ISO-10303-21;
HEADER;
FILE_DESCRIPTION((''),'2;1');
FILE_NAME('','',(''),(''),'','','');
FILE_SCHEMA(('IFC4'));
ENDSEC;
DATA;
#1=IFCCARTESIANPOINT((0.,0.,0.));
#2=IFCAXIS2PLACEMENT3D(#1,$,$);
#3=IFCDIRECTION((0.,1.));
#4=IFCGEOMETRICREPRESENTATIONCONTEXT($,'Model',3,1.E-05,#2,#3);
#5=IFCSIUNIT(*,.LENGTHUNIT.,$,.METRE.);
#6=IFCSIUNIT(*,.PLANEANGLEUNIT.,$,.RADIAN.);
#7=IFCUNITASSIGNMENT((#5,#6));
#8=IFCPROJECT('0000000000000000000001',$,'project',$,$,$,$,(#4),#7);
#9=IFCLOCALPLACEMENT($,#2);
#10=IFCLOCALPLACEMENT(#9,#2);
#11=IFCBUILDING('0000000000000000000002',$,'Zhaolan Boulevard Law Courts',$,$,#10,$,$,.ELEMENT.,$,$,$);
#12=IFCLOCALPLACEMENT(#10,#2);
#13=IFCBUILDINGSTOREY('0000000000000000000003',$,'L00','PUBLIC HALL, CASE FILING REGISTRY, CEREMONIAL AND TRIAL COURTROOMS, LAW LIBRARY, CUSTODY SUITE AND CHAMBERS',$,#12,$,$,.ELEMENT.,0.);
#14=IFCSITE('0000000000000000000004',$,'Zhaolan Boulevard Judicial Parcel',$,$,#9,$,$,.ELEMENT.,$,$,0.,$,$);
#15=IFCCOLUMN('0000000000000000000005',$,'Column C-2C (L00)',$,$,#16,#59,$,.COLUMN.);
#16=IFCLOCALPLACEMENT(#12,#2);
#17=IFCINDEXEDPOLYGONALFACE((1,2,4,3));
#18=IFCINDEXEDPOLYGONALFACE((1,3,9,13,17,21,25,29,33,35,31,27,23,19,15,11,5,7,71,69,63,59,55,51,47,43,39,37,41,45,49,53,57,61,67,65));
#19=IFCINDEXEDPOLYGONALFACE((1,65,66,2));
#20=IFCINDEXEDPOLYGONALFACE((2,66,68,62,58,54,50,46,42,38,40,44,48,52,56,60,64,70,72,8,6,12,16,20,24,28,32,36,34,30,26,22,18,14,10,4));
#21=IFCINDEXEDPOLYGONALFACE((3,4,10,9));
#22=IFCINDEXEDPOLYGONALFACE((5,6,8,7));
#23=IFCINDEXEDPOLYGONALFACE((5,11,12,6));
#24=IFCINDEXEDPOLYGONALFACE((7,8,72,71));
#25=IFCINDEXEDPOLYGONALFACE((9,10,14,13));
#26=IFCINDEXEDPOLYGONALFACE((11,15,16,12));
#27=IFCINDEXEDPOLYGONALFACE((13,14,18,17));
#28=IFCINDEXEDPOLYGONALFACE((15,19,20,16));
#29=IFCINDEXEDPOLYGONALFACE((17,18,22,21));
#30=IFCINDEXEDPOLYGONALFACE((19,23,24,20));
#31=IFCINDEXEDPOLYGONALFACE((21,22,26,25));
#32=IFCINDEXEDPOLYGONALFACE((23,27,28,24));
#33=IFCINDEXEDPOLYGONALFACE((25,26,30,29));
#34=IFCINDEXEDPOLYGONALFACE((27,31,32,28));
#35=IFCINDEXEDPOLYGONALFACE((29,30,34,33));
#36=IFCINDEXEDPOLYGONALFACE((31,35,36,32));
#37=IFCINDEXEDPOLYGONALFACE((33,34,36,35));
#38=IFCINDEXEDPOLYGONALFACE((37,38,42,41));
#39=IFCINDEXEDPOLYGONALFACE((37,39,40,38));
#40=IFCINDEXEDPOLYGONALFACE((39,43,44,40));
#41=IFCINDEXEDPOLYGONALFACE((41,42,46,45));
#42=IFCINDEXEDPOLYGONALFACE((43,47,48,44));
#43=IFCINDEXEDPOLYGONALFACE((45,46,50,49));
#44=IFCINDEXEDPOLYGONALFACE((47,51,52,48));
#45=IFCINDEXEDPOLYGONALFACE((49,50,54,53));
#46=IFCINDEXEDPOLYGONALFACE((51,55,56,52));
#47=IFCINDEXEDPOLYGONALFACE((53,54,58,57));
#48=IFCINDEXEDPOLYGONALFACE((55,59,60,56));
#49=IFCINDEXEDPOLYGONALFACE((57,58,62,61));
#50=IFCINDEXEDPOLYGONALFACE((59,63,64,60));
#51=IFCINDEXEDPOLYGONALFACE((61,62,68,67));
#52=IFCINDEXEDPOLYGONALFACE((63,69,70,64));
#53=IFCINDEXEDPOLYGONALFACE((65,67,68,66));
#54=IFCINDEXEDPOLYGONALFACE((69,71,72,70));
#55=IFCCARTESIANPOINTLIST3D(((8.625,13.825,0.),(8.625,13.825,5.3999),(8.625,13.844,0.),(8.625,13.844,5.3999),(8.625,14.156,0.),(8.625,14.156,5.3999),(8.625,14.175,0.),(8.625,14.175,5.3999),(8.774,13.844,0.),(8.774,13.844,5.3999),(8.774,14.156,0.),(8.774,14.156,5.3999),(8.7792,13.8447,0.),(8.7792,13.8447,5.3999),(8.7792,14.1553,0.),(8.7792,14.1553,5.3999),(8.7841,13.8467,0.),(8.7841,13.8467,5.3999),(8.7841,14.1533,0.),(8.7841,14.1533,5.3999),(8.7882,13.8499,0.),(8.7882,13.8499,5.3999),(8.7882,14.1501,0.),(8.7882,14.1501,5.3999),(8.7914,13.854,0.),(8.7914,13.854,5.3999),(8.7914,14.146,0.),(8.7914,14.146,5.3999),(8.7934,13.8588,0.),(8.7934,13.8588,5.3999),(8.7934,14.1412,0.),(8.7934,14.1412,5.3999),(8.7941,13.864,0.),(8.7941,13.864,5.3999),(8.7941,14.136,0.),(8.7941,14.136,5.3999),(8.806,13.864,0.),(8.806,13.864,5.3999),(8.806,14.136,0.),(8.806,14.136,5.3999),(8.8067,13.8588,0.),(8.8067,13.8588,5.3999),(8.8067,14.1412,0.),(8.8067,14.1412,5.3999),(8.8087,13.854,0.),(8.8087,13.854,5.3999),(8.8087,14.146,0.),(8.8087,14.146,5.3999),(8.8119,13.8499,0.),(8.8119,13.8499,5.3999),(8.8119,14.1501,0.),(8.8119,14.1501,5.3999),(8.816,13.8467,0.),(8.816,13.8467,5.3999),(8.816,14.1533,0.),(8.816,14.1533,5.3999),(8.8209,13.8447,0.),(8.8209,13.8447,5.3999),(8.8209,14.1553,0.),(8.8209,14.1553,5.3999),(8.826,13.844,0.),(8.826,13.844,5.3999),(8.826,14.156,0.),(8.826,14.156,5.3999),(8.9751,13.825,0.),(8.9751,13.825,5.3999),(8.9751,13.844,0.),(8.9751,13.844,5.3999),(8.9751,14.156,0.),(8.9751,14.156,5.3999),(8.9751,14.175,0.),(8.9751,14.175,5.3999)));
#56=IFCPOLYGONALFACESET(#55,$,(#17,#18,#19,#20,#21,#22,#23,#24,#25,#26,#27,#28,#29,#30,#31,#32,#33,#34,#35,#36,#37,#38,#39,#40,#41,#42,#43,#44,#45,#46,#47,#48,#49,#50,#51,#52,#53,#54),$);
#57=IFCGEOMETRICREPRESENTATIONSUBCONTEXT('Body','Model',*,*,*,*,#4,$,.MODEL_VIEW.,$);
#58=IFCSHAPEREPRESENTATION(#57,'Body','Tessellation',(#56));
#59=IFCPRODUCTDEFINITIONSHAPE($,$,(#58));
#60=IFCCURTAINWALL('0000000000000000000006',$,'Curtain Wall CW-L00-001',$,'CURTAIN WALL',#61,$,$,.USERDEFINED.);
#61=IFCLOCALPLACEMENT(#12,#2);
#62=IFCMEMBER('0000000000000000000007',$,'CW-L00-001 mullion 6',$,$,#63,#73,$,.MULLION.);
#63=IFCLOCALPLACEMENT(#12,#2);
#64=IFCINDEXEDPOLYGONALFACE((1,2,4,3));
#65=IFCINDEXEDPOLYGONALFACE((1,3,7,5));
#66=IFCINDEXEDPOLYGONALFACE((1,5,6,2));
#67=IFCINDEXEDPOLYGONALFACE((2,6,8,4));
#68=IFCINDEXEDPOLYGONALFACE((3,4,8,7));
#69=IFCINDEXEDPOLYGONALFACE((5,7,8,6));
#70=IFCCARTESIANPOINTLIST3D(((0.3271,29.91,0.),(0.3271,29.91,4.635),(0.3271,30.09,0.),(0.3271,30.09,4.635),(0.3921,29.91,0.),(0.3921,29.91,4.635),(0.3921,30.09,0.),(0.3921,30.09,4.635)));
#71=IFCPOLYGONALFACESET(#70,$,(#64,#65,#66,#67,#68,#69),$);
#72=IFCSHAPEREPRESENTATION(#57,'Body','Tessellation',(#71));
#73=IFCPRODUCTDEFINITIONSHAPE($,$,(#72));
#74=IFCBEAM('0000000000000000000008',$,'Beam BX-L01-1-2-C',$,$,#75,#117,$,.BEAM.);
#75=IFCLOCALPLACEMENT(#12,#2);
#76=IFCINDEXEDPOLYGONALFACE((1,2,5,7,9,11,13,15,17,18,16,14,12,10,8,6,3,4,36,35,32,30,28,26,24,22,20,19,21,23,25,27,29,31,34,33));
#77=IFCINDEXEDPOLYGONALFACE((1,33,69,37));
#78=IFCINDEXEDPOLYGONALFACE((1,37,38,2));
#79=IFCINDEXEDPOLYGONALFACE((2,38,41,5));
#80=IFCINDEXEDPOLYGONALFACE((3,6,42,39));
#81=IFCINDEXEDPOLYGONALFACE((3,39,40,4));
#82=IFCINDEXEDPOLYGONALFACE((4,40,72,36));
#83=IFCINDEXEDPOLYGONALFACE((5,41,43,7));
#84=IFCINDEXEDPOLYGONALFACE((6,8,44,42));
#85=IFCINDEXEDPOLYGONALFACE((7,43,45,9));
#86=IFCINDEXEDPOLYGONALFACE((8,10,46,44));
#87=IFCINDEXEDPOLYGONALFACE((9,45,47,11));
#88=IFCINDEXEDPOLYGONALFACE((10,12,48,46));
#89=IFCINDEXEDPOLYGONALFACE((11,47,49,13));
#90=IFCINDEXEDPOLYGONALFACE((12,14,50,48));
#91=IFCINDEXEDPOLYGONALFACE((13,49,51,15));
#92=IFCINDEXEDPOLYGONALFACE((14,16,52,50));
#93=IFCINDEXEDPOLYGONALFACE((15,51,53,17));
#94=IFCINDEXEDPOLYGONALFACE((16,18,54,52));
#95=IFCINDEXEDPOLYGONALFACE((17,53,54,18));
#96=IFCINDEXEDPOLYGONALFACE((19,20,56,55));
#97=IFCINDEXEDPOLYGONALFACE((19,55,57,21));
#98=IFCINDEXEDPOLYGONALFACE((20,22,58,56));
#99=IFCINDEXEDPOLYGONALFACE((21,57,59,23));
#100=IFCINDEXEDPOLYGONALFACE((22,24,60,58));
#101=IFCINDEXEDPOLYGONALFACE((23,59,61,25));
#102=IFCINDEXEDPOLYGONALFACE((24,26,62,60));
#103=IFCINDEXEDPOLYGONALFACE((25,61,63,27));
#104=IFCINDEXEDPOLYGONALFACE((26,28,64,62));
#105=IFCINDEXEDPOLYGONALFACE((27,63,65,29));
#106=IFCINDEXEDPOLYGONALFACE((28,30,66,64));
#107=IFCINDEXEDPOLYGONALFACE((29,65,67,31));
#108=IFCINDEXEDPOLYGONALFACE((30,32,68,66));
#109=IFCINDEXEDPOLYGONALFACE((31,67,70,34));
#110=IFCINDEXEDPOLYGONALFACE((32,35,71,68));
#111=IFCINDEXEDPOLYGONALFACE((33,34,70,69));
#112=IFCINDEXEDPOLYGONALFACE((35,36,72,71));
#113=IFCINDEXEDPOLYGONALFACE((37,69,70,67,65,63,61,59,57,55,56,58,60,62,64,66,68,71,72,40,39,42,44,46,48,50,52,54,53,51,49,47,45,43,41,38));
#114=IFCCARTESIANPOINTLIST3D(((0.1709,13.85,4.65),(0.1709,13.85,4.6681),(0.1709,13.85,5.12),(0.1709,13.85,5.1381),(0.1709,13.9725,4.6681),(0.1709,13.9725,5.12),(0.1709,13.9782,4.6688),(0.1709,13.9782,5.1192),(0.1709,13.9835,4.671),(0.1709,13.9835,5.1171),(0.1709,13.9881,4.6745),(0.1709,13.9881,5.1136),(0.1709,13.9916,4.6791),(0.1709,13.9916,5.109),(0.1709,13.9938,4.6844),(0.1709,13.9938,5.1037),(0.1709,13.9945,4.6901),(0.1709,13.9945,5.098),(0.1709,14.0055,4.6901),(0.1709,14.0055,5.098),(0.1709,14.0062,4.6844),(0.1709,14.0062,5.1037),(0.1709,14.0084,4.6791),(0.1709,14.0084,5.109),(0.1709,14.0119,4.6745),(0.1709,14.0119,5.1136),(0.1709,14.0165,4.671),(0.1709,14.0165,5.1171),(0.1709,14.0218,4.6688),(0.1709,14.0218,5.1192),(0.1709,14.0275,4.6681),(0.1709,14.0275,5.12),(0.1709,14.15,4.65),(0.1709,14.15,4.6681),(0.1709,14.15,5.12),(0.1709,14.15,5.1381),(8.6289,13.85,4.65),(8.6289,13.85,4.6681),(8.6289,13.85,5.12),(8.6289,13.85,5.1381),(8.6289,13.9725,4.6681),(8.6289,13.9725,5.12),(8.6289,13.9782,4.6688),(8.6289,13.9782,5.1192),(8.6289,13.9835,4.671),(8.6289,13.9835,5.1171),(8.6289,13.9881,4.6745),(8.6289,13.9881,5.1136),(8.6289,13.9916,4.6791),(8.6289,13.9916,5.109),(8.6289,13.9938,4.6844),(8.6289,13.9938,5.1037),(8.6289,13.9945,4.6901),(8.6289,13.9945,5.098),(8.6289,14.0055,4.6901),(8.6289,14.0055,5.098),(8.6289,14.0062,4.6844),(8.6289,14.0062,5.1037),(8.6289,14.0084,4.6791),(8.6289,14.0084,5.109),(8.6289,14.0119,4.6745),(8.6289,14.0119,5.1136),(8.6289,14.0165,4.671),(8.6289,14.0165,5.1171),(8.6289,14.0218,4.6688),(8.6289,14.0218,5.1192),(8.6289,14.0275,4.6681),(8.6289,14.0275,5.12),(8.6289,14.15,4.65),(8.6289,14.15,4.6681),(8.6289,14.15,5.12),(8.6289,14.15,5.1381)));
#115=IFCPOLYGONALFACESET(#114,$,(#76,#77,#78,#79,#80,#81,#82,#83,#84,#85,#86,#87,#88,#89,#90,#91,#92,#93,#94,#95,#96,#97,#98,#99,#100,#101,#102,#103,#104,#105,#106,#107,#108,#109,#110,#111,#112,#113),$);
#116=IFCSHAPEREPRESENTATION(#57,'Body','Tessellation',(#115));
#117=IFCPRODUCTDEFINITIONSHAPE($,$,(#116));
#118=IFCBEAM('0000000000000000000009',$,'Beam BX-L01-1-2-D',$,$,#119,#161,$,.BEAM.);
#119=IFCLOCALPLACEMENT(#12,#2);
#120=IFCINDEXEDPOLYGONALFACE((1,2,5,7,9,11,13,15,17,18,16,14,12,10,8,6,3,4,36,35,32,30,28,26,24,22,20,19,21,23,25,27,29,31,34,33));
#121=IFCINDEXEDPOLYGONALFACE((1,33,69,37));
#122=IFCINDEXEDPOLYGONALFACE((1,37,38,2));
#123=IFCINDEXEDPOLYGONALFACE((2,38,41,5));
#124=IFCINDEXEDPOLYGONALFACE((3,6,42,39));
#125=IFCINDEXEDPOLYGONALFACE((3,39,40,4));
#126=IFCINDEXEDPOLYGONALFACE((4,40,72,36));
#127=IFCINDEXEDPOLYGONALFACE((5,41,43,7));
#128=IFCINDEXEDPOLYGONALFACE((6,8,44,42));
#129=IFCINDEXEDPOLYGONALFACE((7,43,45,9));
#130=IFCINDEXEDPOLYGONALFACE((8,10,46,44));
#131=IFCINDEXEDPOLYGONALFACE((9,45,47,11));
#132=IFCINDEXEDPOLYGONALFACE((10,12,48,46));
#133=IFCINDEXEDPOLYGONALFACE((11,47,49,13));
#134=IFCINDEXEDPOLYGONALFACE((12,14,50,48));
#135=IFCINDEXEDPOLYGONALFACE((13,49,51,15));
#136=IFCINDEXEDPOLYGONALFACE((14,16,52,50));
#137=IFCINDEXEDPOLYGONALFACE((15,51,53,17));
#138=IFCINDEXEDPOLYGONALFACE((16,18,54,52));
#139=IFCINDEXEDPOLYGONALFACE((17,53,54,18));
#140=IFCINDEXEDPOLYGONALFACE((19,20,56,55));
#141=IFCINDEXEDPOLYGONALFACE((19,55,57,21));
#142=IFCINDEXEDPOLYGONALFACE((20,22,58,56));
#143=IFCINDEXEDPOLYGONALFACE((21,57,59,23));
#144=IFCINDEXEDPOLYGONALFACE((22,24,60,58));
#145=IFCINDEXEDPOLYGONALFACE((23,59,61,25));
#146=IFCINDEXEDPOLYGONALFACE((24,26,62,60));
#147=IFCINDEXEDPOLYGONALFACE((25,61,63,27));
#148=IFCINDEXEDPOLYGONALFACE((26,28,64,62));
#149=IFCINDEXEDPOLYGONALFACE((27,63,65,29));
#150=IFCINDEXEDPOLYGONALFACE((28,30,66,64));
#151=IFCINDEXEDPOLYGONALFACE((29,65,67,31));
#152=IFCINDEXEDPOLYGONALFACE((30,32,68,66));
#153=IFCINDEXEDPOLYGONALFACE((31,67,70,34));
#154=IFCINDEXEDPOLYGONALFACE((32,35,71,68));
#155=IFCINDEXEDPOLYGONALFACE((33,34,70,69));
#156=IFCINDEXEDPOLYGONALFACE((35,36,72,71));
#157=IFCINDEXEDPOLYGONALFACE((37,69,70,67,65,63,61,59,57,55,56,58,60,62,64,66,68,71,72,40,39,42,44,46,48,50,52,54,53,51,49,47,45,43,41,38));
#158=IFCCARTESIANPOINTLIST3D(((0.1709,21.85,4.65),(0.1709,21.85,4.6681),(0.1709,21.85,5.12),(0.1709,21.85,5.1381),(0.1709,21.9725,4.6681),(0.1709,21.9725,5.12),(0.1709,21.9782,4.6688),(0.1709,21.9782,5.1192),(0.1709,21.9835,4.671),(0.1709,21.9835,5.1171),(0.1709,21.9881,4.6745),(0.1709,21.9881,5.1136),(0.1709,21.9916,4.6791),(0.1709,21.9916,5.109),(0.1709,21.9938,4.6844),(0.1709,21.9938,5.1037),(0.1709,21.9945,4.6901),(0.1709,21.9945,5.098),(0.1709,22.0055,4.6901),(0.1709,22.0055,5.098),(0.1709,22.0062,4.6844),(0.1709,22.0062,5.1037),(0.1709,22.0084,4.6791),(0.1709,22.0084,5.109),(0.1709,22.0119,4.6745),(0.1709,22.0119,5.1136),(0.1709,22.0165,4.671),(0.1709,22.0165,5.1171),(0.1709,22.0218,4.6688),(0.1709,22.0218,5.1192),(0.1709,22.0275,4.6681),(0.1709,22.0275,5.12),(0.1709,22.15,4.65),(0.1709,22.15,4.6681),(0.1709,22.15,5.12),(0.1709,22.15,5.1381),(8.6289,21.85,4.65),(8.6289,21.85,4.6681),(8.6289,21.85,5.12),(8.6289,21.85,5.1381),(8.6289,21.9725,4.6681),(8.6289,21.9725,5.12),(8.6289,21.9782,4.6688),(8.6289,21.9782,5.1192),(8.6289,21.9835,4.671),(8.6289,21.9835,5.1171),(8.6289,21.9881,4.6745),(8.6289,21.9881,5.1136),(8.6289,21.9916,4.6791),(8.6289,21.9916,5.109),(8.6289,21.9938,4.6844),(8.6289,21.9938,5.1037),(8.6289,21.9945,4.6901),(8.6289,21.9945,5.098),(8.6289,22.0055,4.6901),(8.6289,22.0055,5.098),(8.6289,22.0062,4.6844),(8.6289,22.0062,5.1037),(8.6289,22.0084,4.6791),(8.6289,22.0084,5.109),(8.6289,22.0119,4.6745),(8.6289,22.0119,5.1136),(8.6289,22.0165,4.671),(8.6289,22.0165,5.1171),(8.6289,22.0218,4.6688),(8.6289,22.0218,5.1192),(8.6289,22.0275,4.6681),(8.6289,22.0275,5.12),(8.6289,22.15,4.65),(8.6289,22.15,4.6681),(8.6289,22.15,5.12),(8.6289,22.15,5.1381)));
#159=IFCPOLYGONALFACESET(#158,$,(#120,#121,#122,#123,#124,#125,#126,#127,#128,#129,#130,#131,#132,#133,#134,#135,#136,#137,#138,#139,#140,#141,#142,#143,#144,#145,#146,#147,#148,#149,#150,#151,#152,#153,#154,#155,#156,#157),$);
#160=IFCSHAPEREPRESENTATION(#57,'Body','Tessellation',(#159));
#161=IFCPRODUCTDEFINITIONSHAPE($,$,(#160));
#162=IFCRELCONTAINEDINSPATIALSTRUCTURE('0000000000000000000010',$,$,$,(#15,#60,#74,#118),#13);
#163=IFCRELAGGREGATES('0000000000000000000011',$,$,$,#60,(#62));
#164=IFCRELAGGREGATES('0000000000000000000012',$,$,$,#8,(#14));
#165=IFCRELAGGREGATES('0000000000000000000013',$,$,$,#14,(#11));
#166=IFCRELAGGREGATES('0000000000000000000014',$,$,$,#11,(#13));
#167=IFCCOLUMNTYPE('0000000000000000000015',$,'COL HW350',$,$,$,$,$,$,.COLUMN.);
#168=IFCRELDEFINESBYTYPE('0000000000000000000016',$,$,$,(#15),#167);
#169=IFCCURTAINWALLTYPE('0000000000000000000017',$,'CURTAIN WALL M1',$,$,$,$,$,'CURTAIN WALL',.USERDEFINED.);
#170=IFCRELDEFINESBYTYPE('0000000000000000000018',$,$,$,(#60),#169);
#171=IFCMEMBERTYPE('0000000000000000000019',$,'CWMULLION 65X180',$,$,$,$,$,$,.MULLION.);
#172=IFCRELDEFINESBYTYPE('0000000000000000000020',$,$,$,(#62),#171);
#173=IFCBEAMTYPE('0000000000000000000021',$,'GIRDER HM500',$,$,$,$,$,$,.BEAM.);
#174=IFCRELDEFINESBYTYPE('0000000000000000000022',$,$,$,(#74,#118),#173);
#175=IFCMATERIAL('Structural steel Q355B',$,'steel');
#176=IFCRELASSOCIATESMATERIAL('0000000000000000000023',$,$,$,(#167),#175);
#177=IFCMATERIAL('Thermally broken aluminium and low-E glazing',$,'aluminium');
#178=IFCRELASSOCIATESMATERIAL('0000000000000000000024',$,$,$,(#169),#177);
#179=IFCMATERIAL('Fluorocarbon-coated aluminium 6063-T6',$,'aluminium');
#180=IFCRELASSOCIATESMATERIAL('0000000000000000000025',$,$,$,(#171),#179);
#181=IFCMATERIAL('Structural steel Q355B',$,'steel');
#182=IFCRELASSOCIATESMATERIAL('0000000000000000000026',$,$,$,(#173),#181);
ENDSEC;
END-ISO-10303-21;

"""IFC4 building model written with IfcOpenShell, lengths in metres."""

from ifc_helpers import new_model, si_unit, direction, frame, origin, origin_2d, place, context, subcontext, project, spatial, rectangle, i_section, extrude, material, material_profile, profile_set, type_object, element, aggregate, save


model = new_model("IFC4")

# Units and contexts
model_context = context("Model", 3, precision=1e-05, world=origin(), true_north=direction((0.0, 1.0)))
body_context = subcontext(model_context, "Body", "Model", "MODEL_VIEW")
ifc_project = project(units=[si_unit("LENGTHUNIT", "METRE"), si_unit("PLANEANGLEUNIT", "RADIAN")], contexts=[model_context])

# Site, building, storey
site_placement = place(None, origin())
site = spatial("IfcSite", under=ifc_project, at=site_placement, Name="Zhaolan Boulevard Judicial Parcel", CompositionType="ELEMENT", RefElevation=0.0)
building_placement = place(site_placement, origin())
building = spatial("IfcBuilding", under=site, at=building_placement, Name="Zhaolan Boulevard Law Courts", CompositionType="ELEMENT")
storey_placement = place(building_placement, origin())
storey = spatial("IfcBuildingStorey", under=building, at=storey_placement, Name="L00", Description="PUBLIC HALL, CASE FILING REGISTRY, CEREMONIAL AND TRIAL COURTROOMS, LAW LIBRARY, CUSTODY SUITE AND CHAMBERS", CompositionType="ELEMENT", Elevation=0.0)

# Column
ifc_material_1 = material(Name="Structural steel Q355B", Category="steel")
ifc_material_profile_1 = material_profile(ifc_material_1, i_section(OverallWidth=0.3501, OverallDepth=0.3501, WebThickness=0.012, FlangeThickness=0.019, FilletRadius=0.02, at=origin_2d()), Name="HW350x350")
ifc_profile_set_1 = profile_set([ifc_material_profile_1], Name="Structural steel Q355B")
column_type_1 = type_object("IfcColumnType", Name="COL HW350", PredefinedType="COLUMN", material=ifc_profile_set_1)
for number, where, z_axis, x_axis, name in (
    (1, (8.8, 14.0, 0.0), (0.0, 0.0, 1.0), (1.0, 0.0, 0.0), "Column C-2C (L00)"),
):
    element("IfcColumn", number, at=place(storey_placement, frame(where, z_axis=z_axis, x_axis=x_axis)), inside=storey, type_object=column_type_1, Name=name, PredefinedType="COLUMN", context=body_context, shape_type="SweptSolid", body=[
        extrude(i_section(OverallWidth=0.3501, OverallDepth=0.3501, WebThickness=0.012, FlangeThickness=0.019, FilletRadius=0.02, at=origin_2d()), origin(), (0.0, 0.0, 1.0), 5.3999),
    ])

# Curtain wall, member
ifc_material_2 = material(Name="Thermally broken aluminium and low-E glazing", Category="aluminium")
curtain_wall_type = type_object("IfcCurtainWallType", Name="CURTAIN WALL M1", ElementType="CURTAIN WALL", PredefinedType="USERDEFINED", material=ifc_material_2)
curtain_wall_placement = place(storey_placement, origin())
curtain_wall = element("IfcCurtainWall", 2, at=curtain_wall_placement, inside=storey, type_object=curtain_wall_type, Name="Curtain Wall CW-L00-001", ObjectType="CURTAIN WALL", PredefinedType="USERDEFINED")
ifc_material_3 = material(Name="Fluorocarbon-coated aluminium 6063-T6", Category="aluminium")
ifc_material_profile_2 = material_profile(ifc_material_3, rectangle(XDim=0.1799, YDim=0.0649, at=origin_2d()), Name="AL65x180")
ifc_profile_set_2 = profile_set([ifc_material_profile_2], Name="Fluorocarbon-coated aluminium 6063-T6")
member_type = type_object("IfcMemberType", Name="CWMULLION 65X180", PredefinedType="MULLION", material=ifc_profile_set_2)
member_placement = place(storey_placement, frame((0.3596, 30.0, 0.0), z_axis=(0.0, 0.0, 1.0), x_axis=(0.0, -1.0, 0.0)))
member = element("IfcMember", 3, at=member_placement, type_object=member_type, Name="CW-L00-001 mullion 6", PredefinedType="MULLION", context=body_context, shape_type="SweptSolid", body=[
    extrude(rectangle(XDim=0.1799, YDim=0.0649, at=origin_2d()), origin(), (0.0, 0.0, 1.0), 4.635),
])
aggregate(curtain_wall, [member])

# Beams
ifc_material_4 = material(Name="Structural steel Q355B", Category="steel")
ifc_material_profile_3 = material_profile(ifc_material_4, i_section(OverallWidth=0.3, OverallDepth=0.488, WebThickness=0.011, FlangeThickness=0.0181, FilletRadius=0.022, at=origin_2d()), Name="HM488x300")
ifc_profile_set_3 = profile_set([ifc_material_profile_3], Name="Structural steel Q355B")
beam_type_1 = type_object("IfcBeamType", Name="GIRDER HM500", PredefinedType="BEAM", material=ifc_profile_set_3)
for number, where, z_axis, x_axis, name in (
    (4, (0.1709, 14.0, 4.894), (1.0, 0.0, 0.0), (0.0, 1.0, 0.0), "Beam BX-L01-1-2-C"),
    (5, (0.1709, 22.0, 4.894), (1.0, 0.0, 0.0), (0.0, 1.0, 0.0), "Beam BX-L01-1-2-D"),
):
    element("IfcBeam", number, at=place(storey_placement, frame(where, z_axis=z_axis, x_axis=x_axis)), inside=storey, type_object=beam_type_1, Name=name, PredefinedType="BEAM", context=body_context, shape_type="SweptSolid", body=[
        extrude(i_section(OverallWidth=0.3, OverallDepth=0.488, WebThickness=0.011, FlangeThickness=0.0181, FilletRadius=0.022, at=origin_2d()), origin(), (0.0, 0.0, 1.0), 8.458),
    ])

save(model, "model.ifc")
